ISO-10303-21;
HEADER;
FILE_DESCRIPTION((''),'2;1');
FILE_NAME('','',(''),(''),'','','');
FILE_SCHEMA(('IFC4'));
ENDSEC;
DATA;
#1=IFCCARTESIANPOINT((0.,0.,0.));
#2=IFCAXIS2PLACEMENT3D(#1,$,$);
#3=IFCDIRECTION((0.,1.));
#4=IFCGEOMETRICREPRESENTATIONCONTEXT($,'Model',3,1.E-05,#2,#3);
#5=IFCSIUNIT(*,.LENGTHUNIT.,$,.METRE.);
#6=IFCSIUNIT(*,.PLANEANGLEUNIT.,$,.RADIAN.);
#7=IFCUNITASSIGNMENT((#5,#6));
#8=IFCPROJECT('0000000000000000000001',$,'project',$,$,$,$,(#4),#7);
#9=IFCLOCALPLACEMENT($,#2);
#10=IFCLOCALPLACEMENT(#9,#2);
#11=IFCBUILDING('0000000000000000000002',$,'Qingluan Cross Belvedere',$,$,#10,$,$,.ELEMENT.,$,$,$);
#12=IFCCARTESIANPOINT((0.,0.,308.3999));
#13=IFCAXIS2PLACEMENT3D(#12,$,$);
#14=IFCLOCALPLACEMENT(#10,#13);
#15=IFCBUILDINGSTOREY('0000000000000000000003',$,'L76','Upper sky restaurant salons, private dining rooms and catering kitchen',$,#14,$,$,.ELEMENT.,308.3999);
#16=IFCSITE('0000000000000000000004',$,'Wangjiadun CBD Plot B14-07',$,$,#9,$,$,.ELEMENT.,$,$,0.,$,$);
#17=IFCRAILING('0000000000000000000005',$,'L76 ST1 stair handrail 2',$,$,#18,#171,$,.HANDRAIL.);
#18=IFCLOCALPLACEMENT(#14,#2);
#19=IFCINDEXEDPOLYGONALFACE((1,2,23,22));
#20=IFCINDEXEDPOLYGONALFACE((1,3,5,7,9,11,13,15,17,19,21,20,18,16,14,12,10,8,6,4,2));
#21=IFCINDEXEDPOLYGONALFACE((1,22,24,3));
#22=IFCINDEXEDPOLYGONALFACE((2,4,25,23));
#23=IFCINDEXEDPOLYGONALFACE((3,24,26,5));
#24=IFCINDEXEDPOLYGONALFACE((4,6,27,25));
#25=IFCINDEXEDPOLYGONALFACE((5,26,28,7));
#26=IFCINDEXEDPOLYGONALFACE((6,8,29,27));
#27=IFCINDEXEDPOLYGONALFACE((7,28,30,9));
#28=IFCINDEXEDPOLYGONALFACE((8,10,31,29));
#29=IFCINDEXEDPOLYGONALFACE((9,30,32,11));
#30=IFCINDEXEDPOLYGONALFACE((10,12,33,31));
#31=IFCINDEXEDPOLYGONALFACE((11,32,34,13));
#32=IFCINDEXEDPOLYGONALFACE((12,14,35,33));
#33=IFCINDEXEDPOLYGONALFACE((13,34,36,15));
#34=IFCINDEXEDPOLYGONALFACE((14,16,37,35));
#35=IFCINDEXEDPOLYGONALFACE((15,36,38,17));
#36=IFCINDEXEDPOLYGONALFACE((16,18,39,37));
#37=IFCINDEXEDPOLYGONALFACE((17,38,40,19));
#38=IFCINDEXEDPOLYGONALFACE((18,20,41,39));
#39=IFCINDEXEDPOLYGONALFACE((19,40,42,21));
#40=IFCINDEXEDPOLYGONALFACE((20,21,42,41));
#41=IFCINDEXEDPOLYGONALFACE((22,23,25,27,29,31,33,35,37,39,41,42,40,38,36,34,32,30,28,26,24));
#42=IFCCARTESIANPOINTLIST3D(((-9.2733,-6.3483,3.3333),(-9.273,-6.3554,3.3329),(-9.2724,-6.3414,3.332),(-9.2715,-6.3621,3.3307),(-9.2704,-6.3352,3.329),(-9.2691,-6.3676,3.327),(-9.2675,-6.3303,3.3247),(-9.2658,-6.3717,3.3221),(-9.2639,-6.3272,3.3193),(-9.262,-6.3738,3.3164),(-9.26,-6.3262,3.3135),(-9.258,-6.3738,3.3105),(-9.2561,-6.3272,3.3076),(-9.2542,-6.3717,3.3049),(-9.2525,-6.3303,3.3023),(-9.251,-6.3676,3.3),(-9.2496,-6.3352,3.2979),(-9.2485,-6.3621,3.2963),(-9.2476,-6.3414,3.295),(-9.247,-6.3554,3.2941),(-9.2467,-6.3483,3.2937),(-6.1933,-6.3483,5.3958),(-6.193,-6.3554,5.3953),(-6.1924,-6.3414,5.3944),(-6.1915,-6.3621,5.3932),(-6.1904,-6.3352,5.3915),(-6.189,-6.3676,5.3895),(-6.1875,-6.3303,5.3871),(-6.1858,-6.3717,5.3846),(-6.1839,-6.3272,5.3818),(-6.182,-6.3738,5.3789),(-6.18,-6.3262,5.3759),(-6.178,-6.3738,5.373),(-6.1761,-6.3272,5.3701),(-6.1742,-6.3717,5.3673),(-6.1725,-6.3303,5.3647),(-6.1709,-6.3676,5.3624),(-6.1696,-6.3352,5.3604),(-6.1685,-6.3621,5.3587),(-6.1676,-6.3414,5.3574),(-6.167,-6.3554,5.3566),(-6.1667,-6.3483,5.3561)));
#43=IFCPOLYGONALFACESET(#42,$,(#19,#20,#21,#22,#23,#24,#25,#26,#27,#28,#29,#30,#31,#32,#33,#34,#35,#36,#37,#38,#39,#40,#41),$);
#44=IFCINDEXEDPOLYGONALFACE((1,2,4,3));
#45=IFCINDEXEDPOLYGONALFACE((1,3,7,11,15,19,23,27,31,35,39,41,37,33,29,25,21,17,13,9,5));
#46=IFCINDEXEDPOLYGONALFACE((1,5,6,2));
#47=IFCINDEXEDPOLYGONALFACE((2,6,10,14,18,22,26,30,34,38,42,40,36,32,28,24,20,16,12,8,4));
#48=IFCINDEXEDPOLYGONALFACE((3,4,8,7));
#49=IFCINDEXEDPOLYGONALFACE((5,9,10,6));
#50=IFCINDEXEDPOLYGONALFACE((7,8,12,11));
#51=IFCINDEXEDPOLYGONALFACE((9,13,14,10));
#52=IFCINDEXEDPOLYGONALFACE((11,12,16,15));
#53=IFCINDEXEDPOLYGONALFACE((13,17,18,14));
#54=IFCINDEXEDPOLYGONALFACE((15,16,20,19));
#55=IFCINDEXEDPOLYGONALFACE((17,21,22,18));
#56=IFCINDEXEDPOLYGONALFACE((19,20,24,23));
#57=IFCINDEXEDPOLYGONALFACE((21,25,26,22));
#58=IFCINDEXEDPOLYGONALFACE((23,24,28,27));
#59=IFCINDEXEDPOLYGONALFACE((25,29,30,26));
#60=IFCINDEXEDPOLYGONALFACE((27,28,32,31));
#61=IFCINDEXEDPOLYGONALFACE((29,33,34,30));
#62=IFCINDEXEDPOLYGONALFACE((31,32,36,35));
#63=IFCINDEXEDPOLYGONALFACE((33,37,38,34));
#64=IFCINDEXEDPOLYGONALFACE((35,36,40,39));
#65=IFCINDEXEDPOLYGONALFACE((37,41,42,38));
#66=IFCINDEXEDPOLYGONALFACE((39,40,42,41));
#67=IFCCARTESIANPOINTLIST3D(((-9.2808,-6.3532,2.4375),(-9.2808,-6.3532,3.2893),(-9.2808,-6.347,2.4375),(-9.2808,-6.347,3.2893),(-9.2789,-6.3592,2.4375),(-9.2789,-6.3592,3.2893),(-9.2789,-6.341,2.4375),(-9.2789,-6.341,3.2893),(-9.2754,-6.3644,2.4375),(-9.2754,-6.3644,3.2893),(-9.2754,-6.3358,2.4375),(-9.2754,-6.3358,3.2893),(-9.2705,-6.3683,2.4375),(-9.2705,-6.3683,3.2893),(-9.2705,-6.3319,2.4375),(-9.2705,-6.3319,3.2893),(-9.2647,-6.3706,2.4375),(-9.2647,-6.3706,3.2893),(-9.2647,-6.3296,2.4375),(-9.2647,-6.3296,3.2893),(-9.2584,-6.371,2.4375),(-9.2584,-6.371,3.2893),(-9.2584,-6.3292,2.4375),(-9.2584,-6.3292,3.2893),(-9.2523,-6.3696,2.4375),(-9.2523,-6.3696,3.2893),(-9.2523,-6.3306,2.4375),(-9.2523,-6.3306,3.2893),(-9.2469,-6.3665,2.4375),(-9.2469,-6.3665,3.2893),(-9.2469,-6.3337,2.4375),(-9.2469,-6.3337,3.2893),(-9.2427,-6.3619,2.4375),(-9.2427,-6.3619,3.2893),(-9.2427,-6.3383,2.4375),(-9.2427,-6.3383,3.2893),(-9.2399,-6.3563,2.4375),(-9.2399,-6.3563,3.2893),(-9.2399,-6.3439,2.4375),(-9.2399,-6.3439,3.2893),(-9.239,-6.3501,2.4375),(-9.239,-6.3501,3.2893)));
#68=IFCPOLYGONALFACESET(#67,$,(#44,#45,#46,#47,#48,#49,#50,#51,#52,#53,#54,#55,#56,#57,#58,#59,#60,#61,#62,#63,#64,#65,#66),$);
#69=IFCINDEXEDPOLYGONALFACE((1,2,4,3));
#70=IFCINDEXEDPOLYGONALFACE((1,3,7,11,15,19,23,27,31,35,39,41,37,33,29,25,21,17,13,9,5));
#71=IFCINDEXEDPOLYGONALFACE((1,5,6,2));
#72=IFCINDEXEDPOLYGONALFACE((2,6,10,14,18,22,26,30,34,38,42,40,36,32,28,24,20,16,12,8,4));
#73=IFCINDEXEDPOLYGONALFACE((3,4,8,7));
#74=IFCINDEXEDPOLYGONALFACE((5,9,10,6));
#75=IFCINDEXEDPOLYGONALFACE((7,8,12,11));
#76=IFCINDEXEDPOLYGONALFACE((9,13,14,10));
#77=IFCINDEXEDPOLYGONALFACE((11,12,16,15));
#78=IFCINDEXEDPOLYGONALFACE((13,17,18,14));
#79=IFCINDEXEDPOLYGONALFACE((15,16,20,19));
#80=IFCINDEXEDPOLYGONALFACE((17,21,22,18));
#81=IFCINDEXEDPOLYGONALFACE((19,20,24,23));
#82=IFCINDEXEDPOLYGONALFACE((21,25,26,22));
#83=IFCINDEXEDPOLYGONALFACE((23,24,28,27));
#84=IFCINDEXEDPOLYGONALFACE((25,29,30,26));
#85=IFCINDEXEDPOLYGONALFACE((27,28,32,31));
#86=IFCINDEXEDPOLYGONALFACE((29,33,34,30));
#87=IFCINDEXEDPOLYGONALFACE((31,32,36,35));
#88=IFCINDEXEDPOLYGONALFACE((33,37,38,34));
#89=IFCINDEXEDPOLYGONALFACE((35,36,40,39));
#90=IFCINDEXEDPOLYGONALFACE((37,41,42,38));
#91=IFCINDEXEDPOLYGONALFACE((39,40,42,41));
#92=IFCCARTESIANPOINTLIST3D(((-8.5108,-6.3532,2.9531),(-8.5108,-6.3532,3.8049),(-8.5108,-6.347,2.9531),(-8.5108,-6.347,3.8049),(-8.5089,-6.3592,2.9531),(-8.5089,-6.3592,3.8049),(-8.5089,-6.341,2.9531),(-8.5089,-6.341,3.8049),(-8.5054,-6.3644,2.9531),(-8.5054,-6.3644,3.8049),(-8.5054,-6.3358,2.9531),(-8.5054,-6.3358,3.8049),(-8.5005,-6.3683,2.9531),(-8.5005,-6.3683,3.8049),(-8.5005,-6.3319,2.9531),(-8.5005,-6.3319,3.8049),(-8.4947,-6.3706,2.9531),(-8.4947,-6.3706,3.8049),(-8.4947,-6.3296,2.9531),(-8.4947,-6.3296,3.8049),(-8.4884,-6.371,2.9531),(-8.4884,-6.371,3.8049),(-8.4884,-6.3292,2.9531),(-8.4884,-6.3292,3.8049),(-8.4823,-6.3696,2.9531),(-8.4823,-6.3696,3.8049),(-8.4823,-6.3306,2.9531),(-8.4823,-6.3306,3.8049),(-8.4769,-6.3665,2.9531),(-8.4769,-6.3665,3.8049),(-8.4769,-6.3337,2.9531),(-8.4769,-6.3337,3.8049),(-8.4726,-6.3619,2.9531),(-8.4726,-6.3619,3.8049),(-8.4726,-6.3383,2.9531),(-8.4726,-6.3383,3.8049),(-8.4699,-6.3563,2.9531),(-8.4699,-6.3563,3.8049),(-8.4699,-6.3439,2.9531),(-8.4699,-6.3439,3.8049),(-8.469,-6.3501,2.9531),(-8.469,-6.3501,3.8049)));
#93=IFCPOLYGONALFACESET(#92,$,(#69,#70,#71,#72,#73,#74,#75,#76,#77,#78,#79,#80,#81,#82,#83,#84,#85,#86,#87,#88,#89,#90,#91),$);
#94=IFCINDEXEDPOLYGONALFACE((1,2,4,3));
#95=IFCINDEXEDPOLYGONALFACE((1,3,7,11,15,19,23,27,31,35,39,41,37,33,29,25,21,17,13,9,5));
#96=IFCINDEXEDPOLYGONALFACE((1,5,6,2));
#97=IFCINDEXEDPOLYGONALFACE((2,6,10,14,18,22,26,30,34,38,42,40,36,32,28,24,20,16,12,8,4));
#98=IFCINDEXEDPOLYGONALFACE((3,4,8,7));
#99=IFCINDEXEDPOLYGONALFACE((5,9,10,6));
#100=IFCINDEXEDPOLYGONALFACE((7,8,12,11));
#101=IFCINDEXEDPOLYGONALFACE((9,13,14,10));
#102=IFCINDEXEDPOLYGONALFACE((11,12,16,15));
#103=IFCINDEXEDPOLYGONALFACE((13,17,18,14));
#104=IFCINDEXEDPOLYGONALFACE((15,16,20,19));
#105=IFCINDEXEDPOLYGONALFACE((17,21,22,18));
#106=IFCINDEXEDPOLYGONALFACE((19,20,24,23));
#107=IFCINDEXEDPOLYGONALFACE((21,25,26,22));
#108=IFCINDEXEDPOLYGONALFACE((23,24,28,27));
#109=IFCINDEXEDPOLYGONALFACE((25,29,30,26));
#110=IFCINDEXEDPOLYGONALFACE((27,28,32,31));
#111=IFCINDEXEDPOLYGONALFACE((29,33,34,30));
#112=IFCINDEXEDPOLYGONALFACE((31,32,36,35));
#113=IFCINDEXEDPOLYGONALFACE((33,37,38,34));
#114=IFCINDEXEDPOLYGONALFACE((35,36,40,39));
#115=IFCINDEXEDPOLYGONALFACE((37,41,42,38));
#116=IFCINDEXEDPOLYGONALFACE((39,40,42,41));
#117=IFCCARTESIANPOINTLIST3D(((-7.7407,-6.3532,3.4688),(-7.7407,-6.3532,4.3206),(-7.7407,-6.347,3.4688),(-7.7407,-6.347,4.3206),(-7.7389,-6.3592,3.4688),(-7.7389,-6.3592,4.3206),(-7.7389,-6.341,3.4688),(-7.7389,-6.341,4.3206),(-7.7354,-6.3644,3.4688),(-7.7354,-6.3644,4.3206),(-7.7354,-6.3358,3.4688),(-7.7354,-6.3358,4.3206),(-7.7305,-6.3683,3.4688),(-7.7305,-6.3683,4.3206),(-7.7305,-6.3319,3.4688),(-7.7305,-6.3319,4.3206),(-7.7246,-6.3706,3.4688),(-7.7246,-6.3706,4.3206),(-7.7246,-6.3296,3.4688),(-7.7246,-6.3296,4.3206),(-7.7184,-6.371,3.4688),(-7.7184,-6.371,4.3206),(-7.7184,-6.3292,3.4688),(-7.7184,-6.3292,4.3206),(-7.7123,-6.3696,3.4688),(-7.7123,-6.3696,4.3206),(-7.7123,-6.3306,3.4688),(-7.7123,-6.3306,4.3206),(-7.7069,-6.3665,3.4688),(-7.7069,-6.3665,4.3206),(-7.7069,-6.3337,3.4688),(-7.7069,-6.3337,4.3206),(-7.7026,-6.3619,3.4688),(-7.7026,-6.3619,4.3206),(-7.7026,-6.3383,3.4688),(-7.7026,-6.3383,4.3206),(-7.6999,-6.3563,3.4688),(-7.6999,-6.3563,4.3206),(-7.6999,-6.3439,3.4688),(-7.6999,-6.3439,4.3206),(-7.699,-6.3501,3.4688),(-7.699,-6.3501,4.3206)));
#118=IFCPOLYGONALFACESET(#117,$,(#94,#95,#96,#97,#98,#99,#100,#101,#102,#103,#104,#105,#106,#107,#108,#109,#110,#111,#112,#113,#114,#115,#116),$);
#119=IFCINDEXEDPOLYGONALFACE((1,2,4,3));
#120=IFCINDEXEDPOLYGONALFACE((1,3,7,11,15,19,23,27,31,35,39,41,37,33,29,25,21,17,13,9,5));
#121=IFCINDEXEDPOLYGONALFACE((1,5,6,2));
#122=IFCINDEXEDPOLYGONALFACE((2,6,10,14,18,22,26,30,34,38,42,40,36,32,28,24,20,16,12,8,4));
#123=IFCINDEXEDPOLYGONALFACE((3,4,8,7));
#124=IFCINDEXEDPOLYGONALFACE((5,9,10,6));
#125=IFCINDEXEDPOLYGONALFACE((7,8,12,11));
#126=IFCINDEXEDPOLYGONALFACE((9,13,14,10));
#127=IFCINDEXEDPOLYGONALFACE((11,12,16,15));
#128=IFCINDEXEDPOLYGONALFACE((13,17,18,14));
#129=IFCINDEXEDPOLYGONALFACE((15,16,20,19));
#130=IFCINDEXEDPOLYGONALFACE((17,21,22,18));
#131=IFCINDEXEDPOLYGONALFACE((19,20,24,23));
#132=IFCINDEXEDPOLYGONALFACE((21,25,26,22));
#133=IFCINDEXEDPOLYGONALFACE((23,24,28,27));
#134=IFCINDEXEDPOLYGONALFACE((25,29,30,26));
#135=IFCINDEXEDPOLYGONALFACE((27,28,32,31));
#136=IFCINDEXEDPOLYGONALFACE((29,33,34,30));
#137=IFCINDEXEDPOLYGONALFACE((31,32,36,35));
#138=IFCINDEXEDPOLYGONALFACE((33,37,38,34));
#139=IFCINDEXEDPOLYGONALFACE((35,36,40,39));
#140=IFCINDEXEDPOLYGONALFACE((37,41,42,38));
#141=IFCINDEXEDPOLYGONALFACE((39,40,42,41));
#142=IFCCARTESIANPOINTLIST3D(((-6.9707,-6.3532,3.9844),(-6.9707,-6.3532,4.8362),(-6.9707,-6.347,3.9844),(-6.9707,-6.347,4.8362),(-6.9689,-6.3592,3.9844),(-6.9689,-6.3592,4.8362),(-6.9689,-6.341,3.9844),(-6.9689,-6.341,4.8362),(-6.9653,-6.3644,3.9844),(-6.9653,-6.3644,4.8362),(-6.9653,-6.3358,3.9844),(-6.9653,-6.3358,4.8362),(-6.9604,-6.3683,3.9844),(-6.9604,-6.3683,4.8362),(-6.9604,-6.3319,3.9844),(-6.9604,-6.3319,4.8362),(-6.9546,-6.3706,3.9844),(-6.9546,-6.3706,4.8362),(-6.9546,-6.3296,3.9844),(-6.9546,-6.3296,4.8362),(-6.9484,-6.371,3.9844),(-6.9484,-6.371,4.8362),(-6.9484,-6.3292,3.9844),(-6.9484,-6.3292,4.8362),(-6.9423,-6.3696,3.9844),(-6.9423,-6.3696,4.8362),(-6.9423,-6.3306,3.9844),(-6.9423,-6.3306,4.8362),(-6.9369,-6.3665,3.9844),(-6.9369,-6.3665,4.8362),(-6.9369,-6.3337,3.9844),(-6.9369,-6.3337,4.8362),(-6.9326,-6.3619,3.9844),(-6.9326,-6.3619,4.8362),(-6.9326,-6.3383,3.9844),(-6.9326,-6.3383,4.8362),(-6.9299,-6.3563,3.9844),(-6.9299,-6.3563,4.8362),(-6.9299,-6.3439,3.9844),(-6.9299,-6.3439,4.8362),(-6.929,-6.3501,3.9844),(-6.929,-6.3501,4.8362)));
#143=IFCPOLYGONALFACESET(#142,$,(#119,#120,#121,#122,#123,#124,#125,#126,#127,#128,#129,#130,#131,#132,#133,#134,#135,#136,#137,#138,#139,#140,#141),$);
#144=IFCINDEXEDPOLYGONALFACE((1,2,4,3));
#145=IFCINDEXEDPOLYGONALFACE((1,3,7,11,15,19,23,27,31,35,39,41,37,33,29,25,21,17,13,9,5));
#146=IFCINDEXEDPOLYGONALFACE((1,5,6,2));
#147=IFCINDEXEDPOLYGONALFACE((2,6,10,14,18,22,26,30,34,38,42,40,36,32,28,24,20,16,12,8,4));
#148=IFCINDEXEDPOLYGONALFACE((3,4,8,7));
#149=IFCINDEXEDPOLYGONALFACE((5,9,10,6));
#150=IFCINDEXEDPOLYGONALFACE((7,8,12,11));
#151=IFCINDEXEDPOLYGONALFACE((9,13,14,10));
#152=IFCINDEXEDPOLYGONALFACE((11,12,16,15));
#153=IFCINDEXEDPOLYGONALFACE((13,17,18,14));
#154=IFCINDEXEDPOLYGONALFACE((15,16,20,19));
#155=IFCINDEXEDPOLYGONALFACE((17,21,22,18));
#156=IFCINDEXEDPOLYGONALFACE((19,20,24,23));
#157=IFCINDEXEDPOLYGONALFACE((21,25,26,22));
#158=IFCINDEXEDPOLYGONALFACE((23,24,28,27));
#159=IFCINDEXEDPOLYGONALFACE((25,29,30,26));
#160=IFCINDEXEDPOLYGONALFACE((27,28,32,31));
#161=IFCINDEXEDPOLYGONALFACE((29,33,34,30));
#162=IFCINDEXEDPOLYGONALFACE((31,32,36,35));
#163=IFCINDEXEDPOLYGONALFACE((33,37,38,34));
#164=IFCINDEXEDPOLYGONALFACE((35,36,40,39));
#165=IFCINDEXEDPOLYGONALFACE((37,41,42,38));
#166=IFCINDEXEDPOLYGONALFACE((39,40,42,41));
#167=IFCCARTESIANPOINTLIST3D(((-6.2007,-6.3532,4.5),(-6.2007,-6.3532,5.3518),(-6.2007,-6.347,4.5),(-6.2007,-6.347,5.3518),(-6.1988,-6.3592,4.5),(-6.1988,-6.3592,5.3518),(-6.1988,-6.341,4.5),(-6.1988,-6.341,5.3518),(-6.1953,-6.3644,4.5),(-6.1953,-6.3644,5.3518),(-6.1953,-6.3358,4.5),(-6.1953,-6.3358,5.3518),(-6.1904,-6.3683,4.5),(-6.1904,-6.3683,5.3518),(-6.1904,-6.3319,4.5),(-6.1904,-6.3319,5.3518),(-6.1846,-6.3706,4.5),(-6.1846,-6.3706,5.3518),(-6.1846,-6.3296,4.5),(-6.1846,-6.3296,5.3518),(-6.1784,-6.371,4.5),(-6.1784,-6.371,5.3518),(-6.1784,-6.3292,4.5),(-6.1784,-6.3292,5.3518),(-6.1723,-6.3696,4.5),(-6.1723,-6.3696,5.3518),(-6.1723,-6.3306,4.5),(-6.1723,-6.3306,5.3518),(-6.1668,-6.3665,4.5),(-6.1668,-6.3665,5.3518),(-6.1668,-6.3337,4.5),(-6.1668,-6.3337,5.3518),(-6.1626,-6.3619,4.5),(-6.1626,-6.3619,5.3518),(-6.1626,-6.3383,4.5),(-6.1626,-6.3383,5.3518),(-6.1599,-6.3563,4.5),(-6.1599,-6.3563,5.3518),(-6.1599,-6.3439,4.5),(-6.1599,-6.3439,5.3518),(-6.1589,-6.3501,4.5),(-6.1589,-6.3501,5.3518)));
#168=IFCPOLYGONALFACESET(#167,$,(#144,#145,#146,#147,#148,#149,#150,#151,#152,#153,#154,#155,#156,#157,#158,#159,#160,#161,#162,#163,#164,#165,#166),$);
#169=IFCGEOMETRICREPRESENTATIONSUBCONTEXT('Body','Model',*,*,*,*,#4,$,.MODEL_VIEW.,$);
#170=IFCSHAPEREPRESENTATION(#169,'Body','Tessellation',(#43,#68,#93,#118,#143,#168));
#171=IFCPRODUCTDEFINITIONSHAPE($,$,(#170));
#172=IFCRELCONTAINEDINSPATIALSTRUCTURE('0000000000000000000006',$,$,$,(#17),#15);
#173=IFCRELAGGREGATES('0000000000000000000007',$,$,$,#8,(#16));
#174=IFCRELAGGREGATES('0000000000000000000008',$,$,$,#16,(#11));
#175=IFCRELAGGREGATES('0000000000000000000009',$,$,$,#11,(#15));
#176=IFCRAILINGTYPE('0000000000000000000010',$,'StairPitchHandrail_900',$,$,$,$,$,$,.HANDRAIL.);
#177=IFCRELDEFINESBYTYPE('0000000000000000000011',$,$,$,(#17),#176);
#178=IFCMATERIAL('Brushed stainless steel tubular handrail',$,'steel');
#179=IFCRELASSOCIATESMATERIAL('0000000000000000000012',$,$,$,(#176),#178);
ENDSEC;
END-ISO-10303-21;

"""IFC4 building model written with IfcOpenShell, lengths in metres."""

from ifc_helpers import new_model, si_unit, direction, frame, origin, origin_2d, place, context, subcontext, project, spatial, circle, extrude, material, type_object, element, save


model = new_model("IFC4")

# Units and contexts
model_context = context("Model", 3, precision=1e-05, world=origin(), true_north=direction((0.0, 1.0)))
body_context = subcontext(model_context, "Body", "Model", "MODEL_VIEW")
ifc_project = project(units=[si_unit("LENGTHUNIT", "METRE"), si_unit("PLANEANGLEUNIT", "RADIAN")], contexts=[model_context])

# Site, building, storey
site_placement = place(None, origin())
site = spatial("IfcSite", under=ifc_project, at=site_placement, Name="Wangjiadun CBD Plot B14-07", CompositionType="ELEMENT", RefElevation=0.0)
building_placement = place(site_placement, origin())
building = spatial("IfcBuilding", under=site, at=building_placement, Name="Qingluan Cross Belvedere", CompositionType="ELEMENT")
storey_placement = place(building_placement, frame((0.0, 0.0, 308.3999)))
storey = spatial("IfcBuildingStorey", under=building, at=storey_placement, Name="L76", Description="Upper sky restaurant salons, private dining rooms and catering kitchen", CompositionType="ELEMENT", Elevation=308.3999)

# Railing
ifc_material_1 = material(Name="Brushed stainless steel tubular handrail", Category="steel")
railing_type_1 = type_object("IfcRailingType", Name="StairPitchHandrail_900", PredefinedType="HANDRAIL", material=ifc_material_1)
railing_1_placement = place(storey_placement, frame((-9.26, -6.3501, 2.4375)))
element("IfcRailing", 1, at=railing_1_placement, inside=storey, type_object=railing_type_1, Name="L76 ST1 stair handrail 2", PredefinedType="HANDRAIL", context=body_context, shape_type="SweptSolid", body=[
    extrude(circle(Radius=0.0239, at=origin_2d()), frame((0.0, 0.0, 0.876), z_axis=(0.830914, 0.0, 0.556401), x_axis=(0.0, 1.0, 0.0)), (0.0, 0.0, 1.0), 3.7068),
    extrude(circle(Radius=0.021, at=origin_2d()), origin(), (0.0, 0.0, 1.0), 0.8518),
    extrude(circle(Radius=0.021, at=origin_2d()), frame((0.77, 0.0, 0.5156)), (0.0, 0.0, 1.0), 0.8518),
    extrude(circle(Radius=0.021, at=origin_2d()), frame((1.54, 0.0, 1.0312)), (0.0, 0.0, 1.0), 0.8518),
    extrude(circle(Radius=0.021, at=origin_2d()), frame((2.3101, 0.0, 1.5469)), (0.0, 0.0, 1.0), 0.8518),
    extrude(circle(Radius=0.021, at=origin_2d()), frame((3.0801, 0.0, 2.0625)), (0.0, 0.0, 1.0), 0.8518),
])

save(model, "model.ifc")
